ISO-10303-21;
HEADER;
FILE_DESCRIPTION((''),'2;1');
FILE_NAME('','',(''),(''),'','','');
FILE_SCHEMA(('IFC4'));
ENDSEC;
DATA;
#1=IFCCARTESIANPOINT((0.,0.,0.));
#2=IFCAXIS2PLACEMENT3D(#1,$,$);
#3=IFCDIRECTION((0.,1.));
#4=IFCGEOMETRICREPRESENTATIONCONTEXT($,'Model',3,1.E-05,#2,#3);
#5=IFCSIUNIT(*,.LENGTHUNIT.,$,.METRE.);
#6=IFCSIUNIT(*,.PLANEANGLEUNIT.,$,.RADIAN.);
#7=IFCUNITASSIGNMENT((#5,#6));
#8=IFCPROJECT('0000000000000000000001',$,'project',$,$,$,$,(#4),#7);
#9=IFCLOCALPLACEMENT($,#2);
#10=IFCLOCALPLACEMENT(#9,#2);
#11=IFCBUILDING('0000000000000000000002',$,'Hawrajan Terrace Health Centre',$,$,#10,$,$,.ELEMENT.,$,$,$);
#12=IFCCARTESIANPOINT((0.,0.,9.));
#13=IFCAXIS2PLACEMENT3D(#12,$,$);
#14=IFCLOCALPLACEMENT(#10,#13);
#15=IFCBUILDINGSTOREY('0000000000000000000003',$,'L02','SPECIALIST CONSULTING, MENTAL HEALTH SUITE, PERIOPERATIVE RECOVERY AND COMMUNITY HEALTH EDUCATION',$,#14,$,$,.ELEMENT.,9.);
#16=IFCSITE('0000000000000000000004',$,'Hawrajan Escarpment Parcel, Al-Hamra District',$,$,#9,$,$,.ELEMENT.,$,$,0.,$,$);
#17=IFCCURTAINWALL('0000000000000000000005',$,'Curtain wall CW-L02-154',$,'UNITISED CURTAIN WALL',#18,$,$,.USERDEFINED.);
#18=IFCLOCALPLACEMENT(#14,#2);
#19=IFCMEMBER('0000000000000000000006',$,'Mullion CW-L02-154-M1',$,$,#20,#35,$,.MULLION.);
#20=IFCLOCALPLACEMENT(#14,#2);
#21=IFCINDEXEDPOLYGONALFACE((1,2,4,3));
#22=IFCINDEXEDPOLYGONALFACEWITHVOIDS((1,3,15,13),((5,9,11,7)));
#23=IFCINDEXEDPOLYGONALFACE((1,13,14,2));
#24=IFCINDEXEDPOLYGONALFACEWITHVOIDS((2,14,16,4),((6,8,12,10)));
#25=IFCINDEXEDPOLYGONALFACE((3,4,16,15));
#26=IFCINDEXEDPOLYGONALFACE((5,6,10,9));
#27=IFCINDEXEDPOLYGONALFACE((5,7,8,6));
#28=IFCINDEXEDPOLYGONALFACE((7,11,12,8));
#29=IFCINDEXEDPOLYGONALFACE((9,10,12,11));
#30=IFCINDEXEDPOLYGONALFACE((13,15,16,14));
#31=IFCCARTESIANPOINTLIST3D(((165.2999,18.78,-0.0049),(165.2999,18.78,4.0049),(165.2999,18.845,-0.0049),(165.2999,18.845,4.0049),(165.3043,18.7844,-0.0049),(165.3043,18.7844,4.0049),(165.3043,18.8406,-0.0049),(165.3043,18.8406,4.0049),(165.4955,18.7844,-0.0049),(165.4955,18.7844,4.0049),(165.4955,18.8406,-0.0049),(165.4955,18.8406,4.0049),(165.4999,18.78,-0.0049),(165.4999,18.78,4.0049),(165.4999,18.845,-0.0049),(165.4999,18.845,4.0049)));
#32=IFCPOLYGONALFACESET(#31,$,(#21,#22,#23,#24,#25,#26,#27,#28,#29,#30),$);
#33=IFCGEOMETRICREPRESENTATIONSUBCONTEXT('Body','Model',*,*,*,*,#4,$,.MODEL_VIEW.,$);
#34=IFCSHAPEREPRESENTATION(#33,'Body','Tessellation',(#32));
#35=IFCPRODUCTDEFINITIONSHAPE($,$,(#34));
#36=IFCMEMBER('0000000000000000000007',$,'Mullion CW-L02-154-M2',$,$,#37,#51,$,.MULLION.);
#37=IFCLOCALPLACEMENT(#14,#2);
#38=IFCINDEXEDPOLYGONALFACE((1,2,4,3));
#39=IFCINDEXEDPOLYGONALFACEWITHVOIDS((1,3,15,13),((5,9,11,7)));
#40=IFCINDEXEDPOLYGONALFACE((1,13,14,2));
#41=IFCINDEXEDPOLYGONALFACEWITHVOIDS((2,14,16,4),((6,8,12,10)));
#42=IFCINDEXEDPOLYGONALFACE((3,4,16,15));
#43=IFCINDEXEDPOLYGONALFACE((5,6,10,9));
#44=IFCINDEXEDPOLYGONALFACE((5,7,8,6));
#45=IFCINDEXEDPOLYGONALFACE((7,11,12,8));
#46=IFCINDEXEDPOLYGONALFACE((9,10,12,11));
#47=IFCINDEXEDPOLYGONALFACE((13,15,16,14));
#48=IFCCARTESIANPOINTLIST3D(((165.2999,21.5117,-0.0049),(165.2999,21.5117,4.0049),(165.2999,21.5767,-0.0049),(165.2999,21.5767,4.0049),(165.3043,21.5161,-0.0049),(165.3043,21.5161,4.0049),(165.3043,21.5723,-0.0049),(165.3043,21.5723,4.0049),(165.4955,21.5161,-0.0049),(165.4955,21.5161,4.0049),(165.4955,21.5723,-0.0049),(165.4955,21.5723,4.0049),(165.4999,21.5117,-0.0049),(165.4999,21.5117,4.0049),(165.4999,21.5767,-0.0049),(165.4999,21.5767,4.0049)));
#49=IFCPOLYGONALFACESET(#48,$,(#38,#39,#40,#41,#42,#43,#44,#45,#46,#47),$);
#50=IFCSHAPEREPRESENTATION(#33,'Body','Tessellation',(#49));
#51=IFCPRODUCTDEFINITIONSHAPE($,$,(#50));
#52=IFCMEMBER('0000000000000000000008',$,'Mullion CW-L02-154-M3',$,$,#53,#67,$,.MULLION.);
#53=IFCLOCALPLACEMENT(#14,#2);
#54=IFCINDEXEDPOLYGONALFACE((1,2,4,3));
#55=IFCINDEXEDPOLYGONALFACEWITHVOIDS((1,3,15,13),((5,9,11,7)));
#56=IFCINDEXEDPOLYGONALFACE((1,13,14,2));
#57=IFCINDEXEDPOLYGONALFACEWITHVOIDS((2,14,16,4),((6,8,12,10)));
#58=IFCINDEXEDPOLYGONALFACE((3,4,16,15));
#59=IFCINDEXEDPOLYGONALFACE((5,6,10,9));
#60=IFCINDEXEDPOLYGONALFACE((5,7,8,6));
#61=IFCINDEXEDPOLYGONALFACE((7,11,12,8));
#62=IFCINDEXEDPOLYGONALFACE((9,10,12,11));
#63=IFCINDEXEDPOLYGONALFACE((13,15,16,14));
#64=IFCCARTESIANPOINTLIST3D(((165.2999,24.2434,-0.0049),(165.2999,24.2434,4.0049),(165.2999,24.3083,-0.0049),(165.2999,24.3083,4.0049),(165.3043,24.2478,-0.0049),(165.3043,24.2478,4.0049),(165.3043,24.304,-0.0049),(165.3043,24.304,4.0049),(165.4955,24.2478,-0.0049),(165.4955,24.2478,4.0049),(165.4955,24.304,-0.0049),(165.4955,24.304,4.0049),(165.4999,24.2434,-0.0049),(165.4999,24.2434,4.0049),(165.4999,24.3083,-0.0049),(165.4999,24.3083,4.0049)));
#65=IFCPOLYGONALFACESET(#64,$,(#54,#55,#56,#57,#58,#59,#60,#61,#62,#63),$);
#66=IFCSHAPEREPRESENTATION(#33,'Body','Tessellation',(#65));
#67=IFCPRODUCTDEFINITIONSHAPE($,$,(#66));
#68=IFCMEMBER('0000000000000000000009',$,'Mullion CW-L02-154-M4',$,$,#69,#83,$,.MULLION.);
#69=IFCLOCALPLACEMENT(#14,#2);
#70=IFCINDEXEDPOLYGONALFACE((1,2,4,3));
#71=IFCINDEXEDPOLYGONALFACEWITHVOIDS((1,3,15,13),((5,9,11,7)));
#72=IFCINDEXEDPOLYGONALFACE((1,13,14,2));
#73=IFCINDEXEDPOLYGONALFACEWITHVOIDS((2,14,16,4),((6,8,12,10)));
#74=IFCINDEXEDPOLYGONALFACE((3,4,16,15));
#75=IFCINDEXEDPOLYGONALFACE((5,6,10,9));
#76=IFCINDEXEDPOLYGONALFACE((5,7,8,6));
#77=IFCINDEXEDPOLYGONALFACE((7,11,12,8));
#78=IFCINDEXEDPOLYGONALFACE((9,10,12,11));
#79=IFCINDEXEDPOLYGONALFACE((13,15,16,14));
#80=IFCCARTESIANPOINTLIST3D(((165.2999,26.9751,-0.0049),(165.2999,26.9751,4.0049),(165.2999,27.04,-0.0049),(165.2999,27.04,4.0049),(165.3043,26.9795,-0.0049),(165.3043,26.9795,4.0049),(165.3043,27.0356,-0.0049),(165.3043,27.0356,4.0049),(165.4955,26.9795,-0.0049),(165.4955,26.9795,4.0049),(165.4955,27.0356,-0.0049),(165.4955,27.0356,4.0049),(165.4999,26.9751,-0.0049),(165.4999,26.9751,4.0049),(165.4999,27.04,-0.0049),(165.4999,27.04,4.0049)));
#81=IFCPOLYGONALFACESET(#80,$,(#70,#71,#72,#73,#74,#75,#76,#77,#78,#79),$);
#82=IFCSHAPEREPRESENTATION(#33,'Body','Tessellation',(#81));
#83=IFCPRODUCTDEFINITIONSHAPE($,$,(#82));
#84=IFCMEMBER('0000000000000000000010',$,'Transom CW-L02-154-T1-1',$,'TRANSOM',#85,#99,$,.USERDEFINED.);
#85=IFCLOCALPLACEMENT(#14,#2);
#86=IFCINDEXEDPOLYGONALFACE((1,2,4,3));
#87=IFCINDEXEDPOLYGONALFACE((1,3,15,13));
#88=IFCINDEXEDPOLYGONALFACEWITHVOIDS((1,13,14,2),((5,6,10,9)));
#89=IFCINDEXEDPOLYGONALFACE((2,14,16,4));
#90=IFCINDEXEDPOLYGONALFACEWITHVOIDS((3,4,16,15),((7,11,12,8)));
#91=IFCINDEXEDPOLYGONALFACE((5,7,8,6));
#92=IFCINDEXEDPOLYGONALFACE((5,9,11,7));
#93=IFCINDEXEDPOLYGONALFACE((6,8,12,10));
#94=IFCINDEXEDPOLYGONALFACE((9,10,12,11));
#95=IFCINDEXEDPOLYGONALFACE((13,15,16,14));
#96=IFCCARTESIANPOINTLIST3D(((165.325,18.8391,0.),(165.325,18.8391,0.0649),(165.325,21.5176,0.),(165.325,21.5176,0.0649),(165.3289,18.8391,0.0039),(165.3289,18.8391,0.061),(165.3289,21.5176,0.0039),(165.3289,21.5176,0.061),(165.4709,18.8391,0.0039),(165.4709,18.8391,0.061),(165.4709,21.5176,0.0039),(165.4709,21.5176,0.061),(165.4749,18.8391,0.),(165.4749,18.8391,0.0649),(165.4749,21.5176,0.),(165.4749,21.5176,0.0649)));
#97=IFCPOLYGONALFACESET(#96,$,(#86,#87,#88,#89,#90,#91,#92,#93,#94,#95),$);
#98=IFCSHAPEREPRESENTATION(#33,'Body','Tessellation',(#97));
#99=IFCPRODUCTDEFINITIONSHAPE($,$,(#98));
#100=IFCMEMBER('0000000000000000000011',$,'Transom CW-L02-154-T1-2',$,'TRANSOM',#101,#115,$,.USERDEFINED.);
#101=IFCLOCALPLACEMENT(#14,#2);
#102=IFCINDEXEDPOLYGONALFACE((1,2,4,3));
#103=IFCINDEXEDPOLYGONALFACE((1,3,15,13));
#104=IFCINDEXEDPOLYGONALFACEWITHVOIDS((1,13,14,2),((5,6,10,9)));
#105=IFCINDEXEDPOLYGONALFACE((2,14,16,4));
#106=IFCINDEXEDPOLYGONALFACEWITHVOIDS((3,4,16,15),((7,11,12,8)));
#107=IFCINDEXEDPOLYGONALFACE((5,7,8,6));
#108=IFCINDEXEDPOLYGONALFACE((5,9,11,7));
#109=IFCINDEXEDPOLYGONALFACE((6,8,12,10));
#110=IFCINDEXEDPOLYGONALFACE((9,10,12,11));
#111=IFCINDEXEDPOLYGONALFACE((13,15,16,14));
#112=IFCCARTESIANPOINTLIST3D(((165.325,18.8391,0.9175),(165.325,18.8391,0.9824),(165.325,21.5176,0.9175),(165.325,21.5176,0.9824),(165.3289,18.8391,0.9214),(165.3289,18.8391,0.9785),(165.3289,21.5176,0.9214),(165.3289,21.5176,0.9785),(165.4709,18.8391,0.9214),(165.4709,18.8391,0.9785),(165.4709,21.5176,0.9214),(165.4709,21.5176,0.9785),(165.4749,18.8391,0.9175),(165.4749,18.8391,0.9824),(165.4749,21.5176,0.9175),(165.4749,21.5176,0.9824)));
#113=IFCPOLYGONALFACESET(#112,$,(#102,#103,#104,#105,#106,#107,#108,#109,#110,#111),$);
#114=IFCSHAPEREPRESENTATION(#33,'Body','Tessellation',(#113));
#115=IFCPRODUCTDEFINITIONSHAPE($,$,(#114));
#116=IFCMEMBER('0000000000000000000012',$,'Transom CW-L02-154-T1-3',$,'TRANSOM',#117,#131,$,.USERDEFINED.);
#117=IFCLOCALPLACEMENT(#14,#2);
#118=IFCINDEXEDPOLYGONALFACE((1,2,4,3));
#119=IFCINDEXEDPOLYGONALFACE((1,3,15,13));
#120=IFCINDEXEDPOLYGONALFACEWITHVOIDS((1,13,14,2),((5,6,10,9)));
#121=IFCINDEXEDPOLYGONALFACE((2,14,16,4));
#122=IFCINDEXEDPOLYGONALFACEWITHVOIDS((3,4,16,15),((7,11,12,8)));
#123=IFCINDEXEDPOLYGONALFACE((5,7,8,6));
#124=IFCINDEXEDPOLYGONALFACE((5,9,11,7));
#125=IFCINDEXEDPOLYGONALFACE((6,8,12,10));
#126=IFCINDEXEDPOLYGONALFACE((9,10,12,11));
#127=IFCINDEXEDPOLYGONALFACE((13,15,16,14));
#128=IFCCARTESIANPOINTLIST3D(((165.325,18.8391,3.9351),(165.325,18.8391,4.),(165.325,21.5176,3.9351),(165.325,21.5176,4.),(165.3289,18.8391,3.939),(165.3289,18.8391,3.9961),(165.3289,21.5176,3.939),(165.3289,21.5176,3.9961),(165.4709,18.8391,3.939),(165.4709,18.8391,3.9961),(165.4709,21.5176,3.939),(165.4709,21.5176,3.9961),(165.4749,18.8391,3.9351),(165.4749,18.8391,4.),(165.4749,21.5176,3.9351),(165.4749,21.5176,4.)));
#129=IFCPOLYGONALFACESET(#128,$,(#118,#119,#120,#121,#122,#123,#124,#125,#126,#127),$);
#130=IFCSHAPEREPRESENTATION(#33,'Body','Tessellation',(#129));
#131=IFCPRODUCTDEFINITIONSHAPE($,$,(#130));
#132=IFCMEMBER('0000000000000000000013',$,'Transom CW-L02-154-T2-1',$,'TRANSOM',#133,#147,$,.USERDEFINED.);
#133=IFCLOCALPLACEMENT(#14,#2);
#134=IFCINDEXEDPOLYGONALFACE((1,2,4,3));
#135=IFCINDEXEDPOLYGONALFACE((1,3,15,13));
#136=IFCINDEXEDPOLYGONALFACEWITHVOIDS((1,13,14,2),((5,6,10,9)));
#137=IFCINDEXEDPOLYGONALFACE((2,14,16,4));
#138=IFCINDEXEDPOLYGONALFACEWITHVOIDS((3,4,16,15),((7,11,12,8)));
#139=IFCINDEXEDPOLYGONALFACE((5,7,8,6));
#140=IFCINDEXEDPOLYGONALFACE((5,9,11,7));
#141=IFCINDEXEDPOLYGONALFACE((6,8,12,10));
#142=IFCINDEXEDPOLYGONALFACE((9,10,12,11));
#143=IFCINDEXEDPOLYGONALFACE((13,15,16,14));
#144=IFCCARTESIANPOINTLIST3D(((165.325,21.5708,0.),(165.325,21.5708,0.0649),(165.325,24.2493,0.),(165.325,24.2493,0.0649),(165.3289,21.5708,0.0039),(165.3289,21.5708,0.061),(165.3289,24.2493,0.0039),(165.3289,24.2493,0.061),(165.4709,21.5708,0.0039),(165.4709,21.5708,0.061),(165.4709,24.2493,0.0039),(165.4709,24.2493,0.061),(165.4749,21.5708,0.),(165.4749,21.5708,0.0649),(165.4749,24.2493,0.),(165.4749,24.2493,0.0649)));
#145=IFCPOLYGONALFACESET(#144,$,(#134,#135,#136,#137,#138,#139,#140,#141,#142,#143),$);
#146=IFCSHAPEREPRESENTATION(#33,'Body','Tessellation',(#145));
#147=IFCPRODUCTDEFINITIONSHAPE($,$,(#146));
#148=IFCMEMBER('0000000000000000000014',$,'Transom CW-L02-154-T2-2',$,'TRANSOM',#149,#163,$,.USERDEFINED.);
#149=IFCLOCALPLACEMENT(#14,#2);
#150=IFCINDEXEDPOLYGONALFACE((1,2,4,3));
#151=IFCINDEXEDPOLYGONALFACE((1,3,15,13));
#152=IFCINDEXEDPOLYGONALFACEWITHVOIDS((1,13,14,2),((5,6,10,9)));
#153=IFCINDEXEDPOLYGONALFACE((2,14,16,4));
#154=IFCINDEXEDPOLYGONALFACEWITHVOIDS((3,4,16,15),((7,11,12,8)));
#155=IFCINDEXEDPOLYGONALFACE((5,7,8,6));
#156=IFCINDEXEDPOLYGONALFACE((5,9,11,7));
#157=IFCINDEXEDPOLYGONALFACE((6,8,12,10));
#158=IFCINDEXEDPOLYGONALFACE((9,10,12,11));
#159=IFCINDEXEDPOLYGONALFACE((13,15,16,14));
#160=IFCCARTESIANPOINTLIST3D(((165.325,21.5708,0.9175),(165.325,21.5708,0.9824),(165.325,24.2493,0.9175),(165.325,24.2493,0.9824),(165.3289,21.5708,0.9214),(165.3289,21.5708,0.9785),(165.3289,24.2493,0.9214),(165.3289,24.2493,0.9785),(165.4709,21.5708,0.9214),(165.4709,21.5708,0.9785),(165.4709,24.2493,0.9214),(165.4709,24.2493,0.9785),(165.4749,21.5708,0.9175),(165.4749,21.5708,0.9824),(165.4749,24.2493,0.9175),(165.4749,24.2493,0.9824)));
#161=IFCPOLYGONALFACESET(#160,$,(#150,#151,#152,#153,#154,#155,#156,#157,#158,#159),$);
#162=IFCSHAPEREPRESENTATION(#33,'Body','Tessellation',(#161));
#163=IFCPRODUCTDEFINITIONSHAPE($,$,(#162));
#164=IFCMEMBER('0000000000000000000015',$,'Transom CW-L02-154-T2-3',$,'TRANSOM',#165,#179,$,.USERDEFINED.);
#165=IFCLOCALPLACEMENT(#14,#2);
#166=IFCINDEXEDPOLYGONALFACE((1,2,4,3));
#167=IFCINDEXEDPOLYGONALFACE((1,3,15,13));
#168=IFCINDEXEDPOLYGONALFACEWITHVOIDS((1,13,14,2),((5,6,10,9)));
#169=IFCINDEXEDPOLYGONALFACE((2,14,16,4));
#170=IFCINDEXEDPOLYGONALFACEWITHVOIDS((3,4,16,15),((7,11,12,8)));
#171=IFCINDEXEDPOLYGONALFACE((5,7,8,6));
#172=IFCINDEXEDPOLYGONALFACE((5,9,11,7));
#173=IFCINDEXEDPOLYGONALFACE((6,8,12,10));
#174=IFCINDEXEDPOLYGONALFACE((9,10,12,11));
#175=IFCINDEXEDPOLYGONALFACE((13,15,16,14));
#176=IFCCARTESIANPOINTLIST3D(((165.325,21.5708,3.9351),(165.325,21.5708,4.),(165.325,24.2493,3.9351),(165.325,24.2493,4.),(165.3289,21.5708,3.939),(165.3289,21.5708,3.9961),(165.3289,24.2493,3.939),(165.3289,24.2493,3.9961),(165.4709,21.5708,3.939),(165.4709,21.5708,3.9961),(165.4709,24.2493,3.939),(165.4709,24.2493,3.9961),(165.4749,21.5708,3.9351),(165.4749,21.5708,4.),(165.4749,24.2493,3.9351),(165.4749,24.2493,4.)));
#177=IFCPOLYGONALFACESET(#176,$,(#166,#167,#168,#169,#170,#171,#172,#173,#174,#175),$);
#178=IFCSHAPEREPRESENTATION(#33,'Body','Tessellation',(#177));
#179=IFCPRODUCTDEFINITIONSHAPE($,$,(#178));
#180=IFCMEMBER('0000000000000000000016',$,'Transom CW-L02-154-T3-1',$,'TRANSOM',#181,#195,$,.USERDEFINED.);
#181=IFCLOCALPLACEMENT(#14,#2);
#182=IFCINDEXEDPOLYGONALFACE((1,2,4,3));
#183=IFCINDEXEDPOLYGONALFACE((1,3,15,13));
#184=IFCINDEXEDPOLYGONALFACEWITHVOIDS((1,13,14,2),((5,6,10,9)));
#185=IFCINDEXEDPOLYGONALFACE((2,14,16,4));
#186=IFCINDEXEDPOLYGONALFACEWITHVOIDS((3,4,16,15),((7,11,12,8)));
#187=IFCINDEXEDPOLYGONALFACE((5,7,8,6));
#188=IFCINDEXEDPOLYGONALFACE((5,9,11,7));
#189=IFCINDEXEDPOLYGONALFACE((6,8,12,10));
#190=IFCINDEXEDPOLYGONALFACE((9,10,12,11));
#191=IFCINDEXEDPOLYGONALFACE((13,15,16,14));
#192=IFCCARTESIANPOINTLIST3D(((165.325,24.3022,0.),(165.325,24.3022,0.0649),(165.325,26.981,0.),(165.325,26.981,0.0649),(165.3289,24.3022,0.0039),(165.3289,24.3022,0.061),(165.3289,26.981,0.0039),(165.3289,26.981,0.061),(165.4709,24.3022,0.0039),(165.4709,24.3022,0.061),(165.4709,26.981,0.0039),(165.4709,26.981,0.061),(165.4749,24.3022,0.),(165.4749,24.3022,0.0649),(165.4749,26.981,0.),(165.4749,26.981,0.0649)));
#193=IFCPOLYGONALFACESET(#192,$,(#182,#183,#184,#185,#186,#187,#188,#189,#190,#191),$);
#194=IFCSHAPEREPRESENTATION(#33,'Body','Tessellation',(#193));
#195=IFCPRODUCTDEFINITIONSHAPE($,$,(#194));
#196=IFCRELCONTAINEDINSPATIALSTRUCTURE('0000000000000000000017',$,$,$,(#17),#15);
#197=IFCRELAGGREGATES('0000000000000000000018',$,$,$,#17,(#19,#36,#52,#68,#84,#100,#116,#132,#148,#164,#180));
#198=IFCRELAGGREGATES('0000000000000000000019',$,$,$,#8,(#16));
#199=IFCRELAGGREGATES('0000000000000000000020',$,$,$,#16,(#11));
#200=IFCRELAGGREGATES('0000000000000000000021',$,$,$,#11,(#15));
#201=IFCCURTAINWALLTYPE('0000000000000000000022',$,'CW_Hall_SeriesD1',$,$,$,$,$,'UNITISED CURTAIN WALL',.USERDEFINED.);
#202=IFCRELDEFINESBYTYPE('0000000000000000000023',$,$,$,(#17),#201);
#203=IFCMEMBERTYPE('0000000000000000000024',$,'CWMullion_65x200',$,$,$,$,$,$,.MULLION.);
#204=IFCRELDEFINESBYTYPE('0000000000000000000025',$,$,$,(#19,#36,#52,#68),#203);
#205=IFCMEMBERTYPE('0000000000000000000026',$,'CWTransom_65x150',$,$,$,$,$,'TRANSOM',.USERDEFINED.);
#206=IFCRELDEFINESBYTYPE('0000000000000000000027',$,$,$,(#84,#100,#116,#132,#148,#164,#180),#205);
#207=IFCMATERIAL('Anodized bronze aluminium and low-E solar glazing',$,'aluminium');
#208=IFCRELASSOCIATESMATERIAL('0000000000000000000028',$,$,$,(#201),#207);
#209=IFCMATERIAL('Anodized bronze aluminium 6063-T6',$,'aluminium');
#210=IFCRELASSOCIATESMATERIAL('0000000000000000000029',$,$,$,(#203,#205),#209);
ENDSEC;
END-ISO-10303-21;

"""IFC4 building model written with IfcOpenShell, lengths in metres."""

from ifc_helpers import new_model, si_unit, direction, frame, origin, origin_2d, place, context, subcontext, project, spatial, hollow_rectangle, extrude, material, material_profile, profile_set, type_object, element, aggregate, save


model = new_model("IFC4")

# Units and contexts
model_context = context("Model", 3, precision=1e-05, world=origin(), true_north=direction((0.0, 1.0)))
body_context = subcontext(model_context, "Body", "Model", "MODEL_VIEW")
ifc_project = project(units=[si_unit("LENGTHUNIT", "METRE"), si_unit("PLANEANGLEUNIT", "RADIAN")], contexts=[model_context])

# Site, building, storey
site_placement = place(None, origin())
site = spatial("IfcSite", under=ifc_project, at=site_placement, Name="Hawrajan Escarpment Parcel, Al-Hamra District", CompositionType="ELEMENT", RefElevation=0.0)
building_placement = place(site_placement, origin())
building = spatial("IfcBuilding", under=site, at=building_placement, Name="Hawrajan Terrace Health Centre", CompositionType="ELEMENT")
storey_placement = place(building_placement, frame((0.0, 0.0, 9.0)))
storey = spatial("IfcBuildingStorey", under=building, at=storey_placement, Name="L02", Description="SPECIALIST CONSULTING, MENTAL HEALTH SUITE, PERIOPERATIVE RECOVERY AND COMMUNITY HEALTH EDUCATION", CompositionType="ELEMENT", Elevation=9.0)

# Curtain wall, members
ifc_material_1 = material(Name="Anodized bronze aluminium and low-E solar glazing", Category="aluminium")
curtain_wall_type = type_object("IfcCurtainWallType", Name="CW_Hall_SeriesD1", ElementType="UNITISED CURTAIN WALL", PredefinedType="USERDEFINED", material=ifc_material_1)
curtain_wall_placement = place(storey_placement, origin())
curtain_wall = element("IfcCurtainWall", 1, at=curtain_wall_placement, inside=storey, type_object=curtain_wall_type, Name="Curtain wall CW-L02-154", ObjectType="UNITISED CURTAIN WALL", PredefinedType="USERDEFINED")
ifc_material_2 = material(Name="Anodized bronze aluminium 6063-T6", Category="aluminium")
ifc_material_profile_1 = material_profile(ifc_material_2, hollow_rectangle(XDim=0.0649, YDim=0.2, WallThickness=0.0044, at=origin_2d()), Name="CW MUL 65x200")
ifc_profile_set_1 = profile_set([ifc_material_profile_1], Name="Anodized bronze aluminium 6063-T6")
member_type_1 = type_object("IfcMemberType", Name="CWMullion_65x200", PredefinedType="MULLION", material=ifc_profile_set_1)
member_1_placement = place(storey_placement, frame((165.3999, 18.8125, -0.0049), z_axis=(0.0, 0.0, 1.0), x_axis=(0.0, 1.0, 0.0)))
member_1 = element("IfcMember", 2, at=member_1_placement, type_object=member_type_1, Name="Mullion CW-L02-154-M1", PredefinedType="MULLION", context=body_context, shape_type="SweptSolid", body=[
    extrude(hollow_rectangle(XDim=0.0649, YDim=0.2, WallThickness=0.0044, at=origin_2d()), origin(), (0.0, 0.0, 1.0), 4.0098),
])
member_2_placement = place(storey_placement, frame((165.3999, 21.5442, -0.0049), z_axis=(0.0, 0.0, 1.0), x_axis=(0.0, 1.0, 0.0)))
member_2 = element("IfcMember", 3, at=member_2_placement, type_object=member_type_1, Name="Mullion CW-L02-154-M2", PredefinedType="MULLION", context=body_context, shape_type="SweptSolid", body=[
    extrude(hollow_rectangle(XDim=0.0649, YDim=0.2, WallThickness=0.0044, at=origin_2d()), origin(), (0.0, 0.0, 1.0), 4.0098),
])
member_3_placement = place(storey_placement, frame((165.3999, 24.2759, -0.0049), z_axis=(0.0, 0.0, 1.0), x_axis=(0.0, 1.0, 0.0)))
member_3 = element("IfcMember", 4, at=member_3_placement, type_object=member_type_1, Name="Mullion CW-L02-154-M3", PredefinedType="MULLION", context=body_context, shape_type="SweptSolid", body=[
    extrude(hollow_rectangle(XDim=0.0649, YDim=0.2, WallThickness=0.0044, at=origin_2d()), origin(), (0.0, 0.0, 1.0), 4.0098),
])
member_4_placement = place(storey_placement, frame((165.3999, 27.0076, -0.0049), z_axis=(0.0, 0.0, 1.0), x_axis=(0.0, 1.0, 0.0)))
member_4 = element("IfcMember", 5, at=member_4_placement, type_object=member_type_1, Name="Mullion CW-L02-154-M4", PredefinedType="MULLION", context=body_context, shape_type="SweptSolid", body=[
    extrude(hollow_rectangle(XDim=0.0649, YDim=0.2, WallThickness=0.0044, at=origin_2d()), origin(), (0.0, 0.0, 1.0), 4.0098),
])
ifc_material_profile_2 = material_profile(ifc_material_2, hollow_rectangle(XDim=0.0649, YDim=0.1499, WallThickness=0.0039, at=origin_2d()), Name="CW TRN 65x150")
ifc_profile_set_2 = profile_set([ifc_material_profile_2], Name="Anodized bronze aluminium 6063-T6")
member_type_2 = type_object("IfcMemberType", Name="CWTransom_65x150", ElementType="TRANSOM", PredefinedType="USERDEFINED", material=ifc_profile_set_2)
member_5_placement = place(storey_placement, frame((165.3999, 18.8391, 0.0325), z_axis=(0.0, 1.0, 0.0), x_axis=(0.0, 0.0, 1.0)))
member_5 = element("IfcMember", 6, at=member_5_placement, type_object=member_type_2, Name="Transom CW-L02-154-T1-1", ObjectType="TRANSOM", PredefinedType="USERDEFINED", context=body_context, shape_type="SweptSolid", body=[
    extrude(hollow_rectangle(XDim=0.0649, YDim=0.1499, WallThickness=0.0039, at=origin_2d()), origin(), (0.0, 0.0, 1.0), 2.6785),
])
member_6_placement = place(storey_placement, frame((165.3999, 18.8391, 0.95), z_axis=(0.0, 1.0, 0.0), x_axis=(0.0, 0.0, 1.0)))
member_6 = element("IfcMember", 7, at=member_6_placement, type_object=member_type_2, Name="Transom CW-L02-154-T1-2", ObjectType="TRANSOM", PredefinedType="USERDEFINED", context=body_context, shape_type="SweptSolid", body=[
    extrude(hollow_rectangle(XDim=0.0649, YDim=0.1499, WallThickness=0.0039, at=origin_2d()), origin(), (0.0, 0.0, 1.0), 2.6785),
])
member_7_placement = place(storey_placement, frame((165.3999, 18.8391, 3.9675), z_axis=(0.0, 1.0, 0.0), x_axis=(0.0, 0.0, 1.0)))
member_7 = element("IfcMember", 8, at=member_7_placement, type_object=member_type_2, Name="Transom CW-L02-154-T1-3", ObjectType="TRANSOM", PredefinedType="USERDEFINED", context=body_context, shape_type="SweptSolid", body=[
    extrude(hollow_rectangle(XDim=0.0649, YDim=0.1499, WallThickness=0.0039, at=origin_2d()), origin(), (0.0, 0.0, 1.0), 2.6785),
])
member_8_placement = place(storey_placement, frame((165.3999, 21.5708, 0.0325), z_axis=(0.0, 1.0, 0.0), x_axis=(0.0, 0.0, 1.0)))
member_8 = element("IfcMember", 9, at=member_8_placement, type_object=member_type_2, Name="Transom CW-L02-154-T2-1", ObjectType="TRANSOM", PredefinedType="USERDEFINED", context=body_context, shape_type="SweptSolid", body=[
    extrude(hollow_rectangle(XDim=0.0649, YDim=0.1499, WallThickness=0.0039, at=origin_2d()), origin(), (0.0, 0.0, 1.0), 2.6785),
])
member_9_placement = place(storey_placement, frame((165.3999, 21.5708, 0.95), z_axis=(0.0, 1.0, 0.0), x_axis=(0.0, 0.0, 1.0)))
member_9 = element("IfcMember", 10, at=member_9_placement, type_object=member_type_2, Name="Transom CW-L02-154-T2-2", ObjectType="TRANSOM", PredefinedType="USERDEFINED", context=body_context, shape_type="SweptSolid", body=[
    extrude(hollow_rectangle(XDim=0.0649, YDim=0.1499, WallThickness=0.0039, at=origin_2d()), origin(), (0.0, 0.0, 1.0), 2.6785),
])
member_10_placement = place(storey_placement, frame((165.3999, 21.5708, 3.9675), z_axis=(0.0, 1.0, 0.0), x_axis=(0.0, 0.0, 1.0)))
member_10 = element("IfcMember", 11, at=member_10_placement, type_object=member_type_2, Name="Transom CW-L02-154-T2-3", ObjectType="TRANSOM", PredefinedType="USERDEFINED", context=body_context, shape_type="SweptSolid", body=[
    extrude(hollow_rectangle(XDim=0.0649, YDim=0.1499, WallThickness=0.0039, at=origin_2d()), origin(), (0.0, 0.0, 1.0), 2.6785),
])
member_11_placement = place(storey_placement, frame((165.3999, 24.3022, 0.0325), z_axis=(0.0, 1.0, 0.0), x_axis=(0.0, 0.0, 1.0)))
member_11 = element("IfcMember", 12, at=member_11_placement, type_object=member_type_2, Name="Transom CW-L02-154-T3-1", ObjectType="TRANSOM", PredefinedType="USERDEFINED", context=body_context, shape_type="SweptSolid", body=[
    extrude(hollow_rectangle(XDim=0.0649, YDim=0.1499, WallThickness=0.0039, at=origin_2d()), origin(), (0.0, 0.0, 1.0), 2.6787),
])

aggregate(curtain_wall, [member_1, member_2, member_3, member_4, member_5, member_6, member_7, member_8, member_9, member_10, member_11])

save(model, "model.ifc")
